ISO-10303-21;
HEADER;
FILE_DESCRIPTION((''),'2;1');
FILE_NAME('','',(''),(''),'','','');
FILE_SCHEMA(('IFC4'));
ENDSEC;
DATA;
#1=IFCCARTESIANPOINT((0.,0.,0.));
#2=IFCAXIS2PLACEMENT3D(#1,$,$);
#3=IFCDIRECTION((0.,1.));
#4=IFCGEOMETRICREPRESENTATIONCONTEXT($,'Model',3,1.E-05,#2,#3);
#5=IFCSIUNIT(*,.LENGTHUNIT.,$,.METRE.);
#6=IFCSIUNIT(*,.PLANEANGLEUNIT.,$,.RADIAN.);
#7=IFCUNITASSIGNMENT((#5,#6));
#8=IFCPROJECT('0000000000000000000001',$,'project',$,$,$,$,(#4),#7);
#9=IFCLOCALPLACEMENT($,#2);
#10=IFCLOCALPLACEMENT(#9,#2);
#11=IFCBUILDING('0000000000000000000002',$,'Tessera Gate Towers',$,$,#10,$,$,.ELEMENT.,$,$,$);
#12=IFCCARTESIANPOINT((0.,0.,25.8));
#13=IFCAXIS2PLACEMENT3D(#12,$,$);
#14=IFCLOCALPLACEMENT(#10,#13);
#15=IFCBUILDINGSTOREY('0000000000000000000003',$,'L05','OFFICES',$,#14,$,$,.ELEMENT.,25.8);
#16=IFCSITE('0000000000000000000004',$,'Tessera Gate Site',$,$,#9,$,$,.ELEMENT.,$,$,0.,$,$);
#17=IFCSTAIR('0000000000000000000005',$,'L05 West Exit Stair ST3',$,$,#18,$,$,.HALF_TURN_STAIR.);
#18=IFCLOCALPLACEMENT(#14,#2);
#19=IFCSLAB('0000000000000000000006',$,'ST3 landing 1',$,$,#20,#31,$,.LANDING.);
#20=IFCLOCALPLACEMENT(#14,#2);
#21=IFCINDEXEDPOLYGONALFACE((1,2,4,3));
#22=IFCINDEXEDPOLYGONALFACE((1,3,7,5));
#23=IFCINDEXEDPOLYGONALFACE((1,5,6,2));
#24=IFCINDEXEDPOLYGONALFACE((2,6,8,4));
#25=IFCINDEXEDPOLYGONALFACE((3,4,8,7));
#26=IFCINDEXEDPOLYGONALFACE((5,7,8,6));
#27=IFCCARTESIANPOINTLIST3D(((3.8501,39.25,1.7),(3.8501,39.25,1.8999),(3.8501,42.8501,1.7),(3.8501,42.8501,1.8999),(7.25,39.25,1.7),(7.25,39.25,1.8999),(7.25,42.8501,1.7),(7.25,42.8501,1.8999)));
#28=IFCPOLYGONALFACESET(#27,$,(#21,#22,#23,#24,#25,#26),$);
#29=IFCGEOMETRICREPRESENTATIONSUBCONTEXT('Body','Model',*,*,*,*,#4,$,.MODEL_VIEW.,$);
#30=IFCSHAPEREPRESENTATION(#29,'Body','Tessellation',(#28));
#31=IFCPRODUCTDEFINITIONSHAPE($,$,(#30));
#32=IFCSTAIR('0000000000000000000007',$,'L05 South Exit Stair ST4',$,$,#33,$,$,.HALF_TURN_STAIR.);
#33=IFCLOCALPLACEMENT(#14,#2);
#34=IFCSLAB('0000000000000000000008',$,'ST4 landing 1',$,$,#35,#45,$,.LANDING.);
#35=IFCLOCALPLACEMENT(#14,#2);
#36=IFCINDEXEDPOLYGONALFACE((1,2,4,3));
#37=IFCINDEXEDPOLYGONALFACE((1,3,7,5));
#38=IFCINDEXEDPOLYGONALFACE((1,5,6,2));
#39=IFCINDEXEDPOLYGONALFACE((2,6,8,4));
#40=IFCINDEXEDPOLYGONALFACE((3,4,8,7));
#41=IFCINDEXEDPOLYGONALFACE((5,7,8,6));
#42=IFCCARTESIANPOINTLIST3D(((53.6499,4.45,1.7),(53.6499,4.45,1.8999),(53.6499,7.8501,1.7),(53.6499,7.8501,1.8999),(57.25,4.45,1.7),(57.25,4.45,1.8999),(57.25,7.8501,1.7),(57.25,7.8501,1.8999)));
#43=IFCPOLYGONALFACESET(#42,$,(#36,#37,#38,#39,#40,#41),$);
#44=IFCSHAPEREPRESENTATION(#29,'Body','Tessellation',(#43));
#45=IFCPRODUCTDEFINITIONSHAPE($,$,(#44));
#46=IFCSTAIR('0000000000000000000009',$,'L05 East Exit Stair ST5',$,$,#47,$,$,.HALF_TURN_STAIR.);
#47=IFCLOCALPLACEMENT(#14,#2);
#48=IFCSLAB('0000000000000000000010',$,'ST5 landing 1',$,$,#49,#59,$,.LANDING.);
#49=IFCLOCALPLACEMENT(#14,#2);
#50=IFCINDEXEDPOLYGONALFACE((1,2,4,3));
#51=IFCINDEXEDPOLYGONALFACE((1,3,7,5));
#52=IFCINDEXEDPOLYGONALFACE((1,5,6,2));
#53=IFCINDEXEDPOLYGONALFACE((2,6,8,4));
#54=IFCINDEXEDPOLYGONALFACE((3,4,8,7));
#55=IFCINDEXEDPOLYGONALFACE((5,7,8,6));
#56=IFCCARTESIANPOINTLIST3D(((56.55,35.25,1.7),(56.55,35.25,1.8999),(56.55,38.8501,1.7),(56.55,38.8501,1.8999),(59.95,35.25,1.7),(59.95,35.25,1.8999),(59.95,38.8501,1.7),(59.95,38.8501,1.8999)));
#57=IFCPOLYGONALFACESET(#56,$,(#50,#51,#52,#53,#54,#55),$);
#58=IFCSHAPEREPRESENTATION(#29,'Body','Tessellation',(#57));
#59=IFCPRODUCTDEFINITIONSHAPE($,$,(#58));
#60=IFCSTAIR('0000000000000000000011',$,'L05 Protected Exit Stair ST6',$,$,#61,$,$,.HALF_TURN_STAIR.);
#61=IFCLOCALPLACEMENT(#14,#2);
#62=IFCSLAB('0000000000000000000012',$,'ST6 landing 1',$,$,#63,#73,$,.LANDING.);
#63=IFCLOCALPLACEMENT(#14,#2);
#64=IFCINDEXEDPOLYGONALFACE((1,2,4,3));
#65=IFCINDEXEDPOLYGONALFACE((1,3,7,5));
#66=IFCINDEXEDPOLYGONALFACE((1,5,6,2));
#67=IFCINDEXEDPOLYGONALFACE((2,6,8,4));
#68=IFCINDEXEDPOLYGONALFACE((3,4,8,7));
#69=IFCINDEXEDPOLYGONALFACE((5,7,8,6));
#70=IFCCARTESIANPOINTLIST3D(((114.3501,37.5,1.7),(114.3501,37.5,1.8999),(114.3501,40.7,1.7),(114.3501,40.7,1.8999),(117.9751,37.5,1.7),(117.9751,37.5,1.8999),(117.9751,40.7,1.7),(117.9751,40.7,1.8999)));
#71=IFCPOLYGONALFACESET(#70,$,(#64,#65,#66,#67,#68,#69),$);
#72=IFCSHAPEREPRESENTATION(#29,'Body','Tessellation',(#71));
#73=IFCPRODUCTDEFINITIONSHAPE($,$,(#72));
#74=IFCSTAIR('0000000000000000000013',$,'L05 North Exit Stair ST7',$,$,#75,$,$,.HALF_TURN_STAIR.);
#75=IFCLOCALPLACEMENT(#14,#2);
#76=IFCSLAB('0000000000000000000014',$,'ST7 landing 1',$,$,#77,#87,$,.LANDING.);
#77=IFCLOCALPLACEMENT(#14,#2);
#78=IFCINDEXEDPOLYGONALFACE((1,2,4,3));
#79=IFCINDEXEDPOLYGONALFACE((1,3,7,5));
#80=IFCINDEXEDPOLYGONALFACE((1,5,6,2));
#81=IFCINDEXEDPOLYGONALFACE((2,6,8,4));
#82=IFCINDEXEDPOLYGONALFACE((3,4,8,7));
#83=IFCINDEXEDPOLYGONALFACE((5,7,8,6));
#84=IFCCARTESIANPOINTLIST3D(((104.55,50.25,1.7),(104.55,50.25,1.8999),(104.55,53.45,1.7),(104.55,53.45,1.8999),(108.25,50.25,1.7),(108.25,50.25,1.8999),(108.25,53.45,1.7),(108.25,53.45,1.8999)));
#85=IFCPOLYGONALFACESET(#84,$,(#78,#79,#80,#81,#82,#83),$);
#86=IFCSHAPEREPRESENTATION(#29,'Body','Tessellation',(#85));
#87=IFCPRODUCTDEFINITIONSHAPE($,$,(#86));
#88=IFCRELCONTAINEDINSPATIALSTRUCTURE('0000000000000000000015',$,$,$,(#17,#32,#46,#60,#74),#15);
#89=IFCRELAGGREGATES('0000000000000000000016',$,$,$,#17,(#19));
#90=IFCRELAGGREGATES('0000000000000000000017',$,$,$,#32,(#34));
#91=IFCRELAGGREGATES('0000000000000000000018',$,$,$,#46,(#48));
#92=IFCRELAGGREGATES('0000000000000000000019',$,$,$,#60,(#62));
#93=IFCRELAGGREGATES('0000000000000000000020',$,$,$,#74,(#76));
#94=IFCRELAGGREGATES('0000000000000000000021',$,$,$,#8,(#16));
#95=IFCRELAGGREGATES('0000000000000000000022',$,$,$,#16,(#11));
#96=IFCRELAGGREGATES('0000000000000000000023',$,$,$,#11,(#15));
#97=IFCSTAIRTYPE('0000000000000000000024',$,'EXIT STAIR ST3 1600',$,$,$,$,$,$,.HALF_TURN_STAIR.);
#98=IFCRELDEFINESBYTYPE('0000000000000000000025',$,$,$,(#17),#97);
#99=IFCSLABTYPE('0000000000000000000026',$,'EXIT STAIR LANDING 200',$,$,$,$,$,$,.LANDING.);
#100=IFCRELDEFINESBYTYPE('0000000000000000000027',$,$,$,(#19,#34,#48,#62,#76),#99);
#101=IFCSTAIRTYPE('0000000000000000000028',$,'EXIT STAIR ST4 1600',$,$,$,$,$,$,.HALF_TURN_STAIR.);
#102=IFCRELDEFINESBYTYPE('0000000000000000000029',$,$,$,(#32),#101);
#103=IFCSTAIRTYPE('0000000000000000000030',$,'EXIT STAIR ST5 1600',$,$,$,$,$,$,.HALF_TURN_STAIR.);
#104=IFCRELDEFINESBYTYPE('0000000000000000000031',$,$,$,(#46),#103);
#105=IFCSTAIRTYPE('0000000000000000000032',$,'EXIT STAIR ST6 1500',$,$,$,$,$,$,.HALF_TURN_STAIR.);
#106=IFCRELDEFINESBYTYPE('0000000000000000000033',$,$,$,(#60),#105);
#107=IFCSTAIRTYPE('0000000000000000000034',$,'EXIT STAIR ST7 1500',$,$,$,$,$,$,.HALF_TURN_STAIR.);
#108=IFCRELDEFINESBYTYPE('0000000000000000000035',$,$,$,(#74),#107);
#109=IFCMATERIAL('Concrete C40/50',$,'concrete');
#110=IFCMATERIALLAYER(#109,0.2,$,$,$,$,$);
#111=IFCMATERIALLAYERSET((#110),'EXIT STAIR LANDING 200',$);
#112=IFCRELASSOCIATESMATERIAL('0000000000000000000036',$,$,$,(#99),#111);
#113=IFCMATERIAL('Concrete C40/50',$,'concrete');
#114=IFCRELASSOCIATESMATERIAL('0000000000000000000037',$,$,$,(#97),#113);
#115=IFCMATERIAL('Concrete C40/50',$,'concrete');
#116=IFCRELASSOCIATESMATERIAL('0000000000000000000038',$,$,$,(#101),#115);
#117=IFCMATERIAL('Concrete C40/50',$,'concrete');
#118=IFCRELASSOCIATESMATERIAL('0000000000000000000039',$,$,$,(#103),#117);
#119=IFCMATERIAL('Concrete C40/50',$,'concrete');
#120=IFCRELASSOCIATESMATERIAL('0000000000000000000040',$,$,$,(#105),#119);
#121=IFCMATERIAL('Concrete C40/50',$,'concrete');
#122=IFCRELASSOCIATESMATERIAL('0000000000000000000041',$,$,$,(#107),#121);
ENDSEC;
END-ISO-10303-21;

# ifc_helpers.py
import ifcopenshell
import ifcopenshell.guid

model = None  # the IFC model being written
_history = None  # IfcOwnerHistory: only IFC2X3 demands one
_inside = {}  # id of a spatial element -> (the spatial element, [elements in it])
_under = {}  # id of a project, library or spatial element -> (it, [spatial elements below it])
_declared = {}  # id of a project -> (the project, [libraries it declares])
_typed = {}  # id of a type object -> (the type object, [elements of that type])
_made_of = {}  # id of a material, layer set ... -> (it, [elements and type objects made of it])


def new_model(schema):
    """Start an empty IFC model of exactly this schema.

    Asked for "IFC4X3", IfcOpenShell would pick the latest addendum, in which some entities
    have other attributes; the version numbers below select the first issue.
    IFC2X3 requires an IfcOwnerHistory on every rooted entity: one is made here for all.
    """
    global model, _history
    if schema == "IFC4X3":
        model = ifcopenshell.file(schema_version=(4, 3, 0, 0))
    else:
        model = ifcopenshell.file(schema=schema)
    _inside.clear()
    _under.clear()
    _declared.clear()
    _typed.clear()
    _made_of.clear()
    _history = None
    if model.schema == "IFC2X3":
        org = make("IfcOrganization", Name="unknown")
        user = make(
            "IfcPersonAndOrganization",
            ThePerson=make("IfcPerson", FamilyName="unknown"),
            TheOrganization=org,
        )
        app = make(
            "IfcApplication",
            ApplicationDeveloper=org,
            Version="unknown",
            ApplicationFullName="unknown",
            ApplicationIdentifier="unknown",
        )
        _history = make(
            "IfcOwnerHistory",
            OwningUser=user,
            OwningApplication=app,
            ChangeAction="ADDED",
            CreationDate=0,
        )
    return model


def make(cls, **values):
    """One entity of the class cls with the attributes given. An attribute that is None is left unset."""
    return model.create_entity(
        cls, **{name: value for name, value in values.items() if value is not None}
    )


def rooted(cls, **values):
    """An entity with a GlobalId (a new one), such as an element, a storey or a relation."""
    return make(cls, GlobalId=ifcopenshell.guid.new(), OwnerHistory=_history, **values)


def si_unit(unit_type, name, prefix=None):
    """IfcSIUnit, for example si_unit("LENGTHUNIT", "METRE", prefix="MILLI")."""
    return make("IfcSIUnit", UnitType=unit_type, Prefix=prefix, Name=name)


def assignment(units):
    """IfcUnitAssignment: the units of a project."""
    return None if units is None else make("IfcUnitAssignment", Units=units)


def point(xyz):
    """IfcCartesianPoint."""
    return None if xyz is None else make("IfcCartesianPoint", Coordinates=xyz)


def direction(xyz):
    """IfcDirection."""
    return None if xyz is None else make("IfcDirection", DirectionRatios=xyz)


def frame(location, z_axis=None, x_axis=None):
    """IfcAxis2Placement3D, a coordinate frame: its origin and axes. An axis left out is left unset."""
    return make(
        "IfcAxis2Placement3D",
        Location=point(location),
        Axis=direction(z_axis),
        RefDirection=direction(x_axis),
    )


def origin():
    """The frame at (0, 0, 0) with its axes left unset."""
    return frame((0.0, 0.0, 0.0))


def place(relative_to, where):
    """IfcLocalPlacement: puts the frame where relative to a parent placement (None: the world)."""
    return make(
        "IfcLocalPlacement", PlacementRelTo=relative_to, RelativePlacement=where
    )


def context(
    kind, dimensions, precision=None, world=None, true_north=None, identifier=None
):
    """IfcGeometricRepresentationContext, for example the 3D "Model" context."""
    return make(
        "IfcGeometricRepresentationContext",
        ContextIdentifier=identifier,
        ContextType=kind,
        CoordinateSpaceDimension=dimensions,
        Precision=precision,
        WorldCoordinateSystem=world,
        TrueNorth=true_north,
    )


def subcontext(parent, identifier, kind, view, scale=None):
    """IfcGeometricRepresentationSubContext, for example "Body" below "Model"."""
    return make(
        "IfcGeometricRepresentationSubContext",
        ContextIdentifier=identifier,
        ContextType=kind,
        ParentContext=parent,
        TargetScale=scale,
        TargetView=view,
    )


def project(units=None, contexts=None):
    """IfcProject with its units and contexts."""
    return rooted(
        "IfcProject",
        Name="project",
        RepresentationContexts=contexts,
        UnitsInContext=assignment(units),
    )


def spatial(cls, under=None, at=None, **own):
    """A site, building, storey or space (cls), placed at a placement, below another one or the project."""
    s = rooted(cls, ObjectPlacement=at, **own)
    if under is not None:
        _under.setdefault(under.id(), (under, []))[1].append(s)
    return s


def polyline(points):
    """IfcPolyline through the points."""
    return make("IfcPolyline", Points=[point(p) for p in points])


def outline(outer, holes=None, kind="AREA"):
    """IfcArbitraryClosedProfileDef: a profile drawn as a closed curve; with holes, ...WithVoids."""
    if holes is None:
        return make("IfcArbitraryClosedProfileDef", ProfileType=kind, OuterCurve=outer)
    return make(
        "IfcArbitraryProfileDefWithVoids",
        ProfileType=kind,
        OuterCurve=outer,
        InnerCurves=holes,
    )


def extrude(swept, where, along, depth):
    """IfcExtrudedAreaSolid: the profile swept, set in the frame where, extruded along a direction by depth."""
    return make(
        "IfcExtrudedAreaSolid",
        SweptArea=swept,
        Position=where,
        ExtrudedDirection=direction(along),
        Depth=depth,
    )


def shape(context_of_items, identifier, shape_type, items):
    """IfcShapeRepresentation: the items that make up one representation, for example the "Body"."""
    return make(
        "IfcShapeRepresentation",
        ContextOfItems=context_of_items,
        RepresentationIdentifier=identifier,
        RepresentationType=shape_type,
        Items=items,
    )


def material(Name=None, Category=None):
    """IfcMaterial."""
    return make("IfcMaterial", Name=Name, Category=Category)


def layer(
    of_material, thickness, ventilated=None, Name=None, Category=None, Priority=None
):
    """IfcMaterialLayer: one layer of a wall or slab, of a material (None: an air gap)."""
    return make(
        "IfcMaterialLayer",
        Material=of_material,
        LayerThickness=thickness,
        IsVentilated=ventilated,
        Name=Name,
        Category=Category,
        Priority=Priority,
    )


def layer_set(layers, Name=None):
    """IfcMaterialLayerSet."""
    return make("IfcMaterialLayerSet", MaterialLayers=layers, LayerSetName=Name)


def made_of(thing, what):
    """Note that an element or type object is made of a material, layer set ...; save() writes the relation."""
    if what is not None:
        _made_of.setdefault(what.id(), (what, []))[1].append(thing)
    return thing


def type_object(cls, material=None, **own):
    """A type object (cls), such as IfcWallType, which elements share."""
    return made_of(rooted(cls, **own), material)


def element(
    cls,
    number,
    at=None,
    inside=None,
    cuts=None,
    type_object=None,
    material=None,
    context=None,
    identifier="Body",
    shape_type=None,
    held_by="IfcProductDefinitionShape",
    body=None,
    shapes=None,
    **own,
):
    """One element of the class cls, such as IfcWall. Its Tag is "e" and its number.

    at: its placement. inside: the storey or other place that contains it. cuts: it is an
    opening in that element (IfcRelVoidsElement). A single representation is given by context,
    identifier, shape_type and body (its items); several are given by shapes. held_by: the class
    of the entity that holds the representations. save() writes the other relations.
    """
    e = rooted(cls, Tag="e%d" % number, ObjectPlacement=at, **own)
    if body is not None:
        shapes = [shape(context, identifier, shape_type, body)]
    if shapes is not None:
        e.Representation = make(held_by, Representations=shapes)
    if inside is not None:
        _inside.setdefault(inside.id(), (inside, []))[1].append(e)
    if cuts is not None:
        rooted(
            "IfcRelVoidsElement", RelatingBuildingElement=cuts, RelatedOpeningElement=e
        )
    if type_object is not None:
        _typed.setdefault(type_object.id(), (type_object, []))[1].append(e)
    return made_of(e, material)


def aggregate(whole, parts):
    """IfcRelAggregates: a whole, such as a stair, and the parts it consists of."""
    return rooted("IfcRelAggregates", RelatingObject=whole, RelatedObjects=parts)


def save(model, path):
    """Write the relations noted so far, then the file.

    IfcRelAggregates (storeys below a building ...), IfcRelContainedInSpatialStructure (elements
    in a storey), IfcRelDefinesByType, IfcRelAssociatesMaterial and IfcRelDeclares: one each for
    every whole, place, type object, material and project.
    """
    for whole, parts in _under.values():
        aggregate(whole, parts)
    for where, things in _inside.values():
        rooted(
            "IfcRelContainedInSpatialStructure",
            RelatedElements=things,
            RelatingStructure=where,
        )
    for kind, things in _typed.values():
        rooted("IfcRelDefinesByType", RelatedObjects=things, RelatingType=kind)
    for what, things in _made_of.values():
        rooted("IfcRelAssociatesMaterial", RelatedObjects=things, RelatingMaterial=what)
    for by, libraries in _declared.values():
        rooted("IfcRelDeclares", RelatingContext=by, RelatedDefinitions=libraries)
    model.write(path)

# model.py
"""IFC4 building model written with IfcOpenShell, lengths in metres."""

from ifc_helpers import new_model, si_unit, direction, frame, origin, place, context, subcontext, project, spatial, polyline, outline, extrude, material, layer, layer_set, type_object, element, aggregate, save


model = new_model("IFC4")

# Units and contexts
model_context = context("Model", 3, precision=1e-05, world=origin(), true_north=direction((0.0, 1.0)))
body_context = subcontext(model_context, "Body", "Model", "MODEL_VIEW")
ifc_project = project(units=[si_unit("LENGTHUNIT", "METRE"), si_unit("PLANEANGLEUNIT", "RADIAN")], contexts=[model_context])

# Site, building, storey
site_placement = place(None, origin())
site = spatial("IfcSite", under=ifc_project, at=site_placement, Name="Tessera Gate Site", CompositionType="ELEMENT", RefElevation=0.0)
building_placement = place(site_placement, origin())
building = spatial("IfcBuilding", under=site, at=building_placement, Name="Tessera Gate Towers", CompositionType="ELEMENT")
storey_placement = place(building_placement, frame((0.0, 0.0, 25.8)))
storey = spatial("IfcBuildingStorey", under=building, at=storey_placement, Name="L05", Description="OFFICES", CompositionType="ELEMENT", Elevation=25.8)

# Stairs, slabs
ifc_material_1 = material(Name="Concrete C40/50", Category="concrete")
ifc_layer_1 = layer(ifc_material_1, 0.2)
ifc_layer_set_1 = layer_set([ifc_layer_1], Name="EXIT STAIR LANDING 200")
slab_type_1 = type_object("IfcSlabType", Name="EXIT STAIR LANDING 200", PredefinedType="LANDING", material=ifc_layer_set_1)
ifc_material_2 = material(Name="Concrete C40/50", Category="concrete")
stair_type_1 = type_object("IfcStairType", Name="EXIT STAIR ST3 1600", PredefinedType="HALF_TURN_STAIR", material=ifc_material_2)
stair_1_placement = place(storey_placement, origin())
stair_1 = element("IfcStair", 1, at=stair_1_placement, inside=storey, type_object=stair_type_1, Name="L05 West Exit Stair ST3", PredefinedType="HALF_TURN_STAIR")
slab_1_placement = place(storey_placement, frame((0.0, 0.0, 1.7)))
slab_1 = element("IfcSlab", 2, at=slab_1_placement, type_object=slab_type_1, Name="ST3 landing 1", PredefinedType="LANDING", context=body_context, shape_type="SweptSolid", body=[
    extrude(outline(polyline([(3.8501, 42.8501), (3.8501, 39.25), (7.25, 39.25), (7.25, 42.8501), (3.8501, 42.8501)])), origin(), (0.0, 0.0, 1.0), 0.2),
])
aggregate(stair_1, [slab_1])
ifc_material_3 = material(Name="Concrete C40/50", Category="concrete")
stair_type_2 = type_object("IfcStairType", Name="EXIT STAIR ST4 1600", PredefinedType="HALF_TURN_STAIR", material=ifc_material_3)
stair_2_placement = place(storey_placement, origin())
stair_2 = element("IfcStair", 3, at=stair_2_placement, inside=storey, type_object=stair_type_2, Name="L05 South Exit Stair ST4", PredefinedType="HALF_TURN_STAIR")
slab_2_placement = place(storey_placement, frame((0.0, 0.0, 1.7)))
slab_2 = element("IfcSlab", 4, at=slab_2_placement, type_object=slab_type_1, Name="ST4 landing 1", PredefinedType="LANDING", context=body_context, shape_type="SweptSolid", body=[
    extrude(outline(polyline([(53.6499, 4.45), (57.25, 4.45), (57.25, 7.8501), (53.6499, 7.8501), (53.6499, 4.45)])), origin(), (0.0, 0.0, 1.0), 0.2),
])
aggregate(stair_2, [slab_2])
ifc_material_4 = material(Name="Concrete C40/50", Category="concrete")
stair_type_3 = type_object("IfcStairType", Name="EXIT STAIR ST5 1600", PredefinedType="HALF_TURN_STAIR", material=ifc_material_4)
stair_3_placement = place(storey_placement, origin())
stair_3 = element("IfcStair", 5, at=stair_3_placement, inside=storey, type_object=stair_type_3, Name="L05 East Exit Stair ST5", PredefinedType="HALF_TURN_STAIR")
slab_3_placement = place(storey_placement, frame((0.0, 0.0, 1.7)))
slab_3 = element("IfcSlab", 6, at=slab_3_placement, type_object=slab_type_1, Name="ST5 landing 1", PredefinedType="LANDING", context=body_context, shape_type="SweptSolid", body=[
    extrude(outline(polyline([(59.95, 35.25), (59.95, 38.8501), (56.55, 38.8501), (56.55, 35.25), (59.95, 35.25)])), origin(), (0.0, 0.0, 1.0), 0.2),
])
aggregate(stair_3, [slab_3])
ifc_material_5 = material(Name="Concrete C40/50", Category="concrete")
stair_type_4 = type_object("IfcStairType", Name="EXIT STAIR ST6 1500", PredefinedType="HALF_TURN_STAIR", material=ifc_material_5)
stair_4_placement = place(storey_placement, origin())
stair_4 = element("IfcStair", 7, at=stair_4_placement, inside=storey, type_object=stair_type_4, Name="L05 Protected Exit Stair ST6", PredefinedType="HALF_TURN_STAIR")
slab_4_placement = place(storey_placement, frame((0.0, 0.0, 1.7)))
slab_4 = element("IfcSlab", 8, at=slab_4_placement, type_object=slab_type_1, Name="ST6 landing 1", PredefinedType="LANDING", context=body_context, shape_type="SweptSolid", body=[
    extrude(outline(polyline([(114.3501, 37.5), (117.9751, 37.5), (117.9751, 40.7), (114.3501, 40.7), (114.3501, 37.5)])), origin(), (0.0, 0.0, 1.0), 0.2),
])
aggregate(stair_4, [slab_4])
ifc_material_6 = material(Name="Concrete C40/50", Category="concrete")
stair_type_5 = type_object("IfcStairType", Name="EXIT STAIR ST7 1500", PredefinedType="HALF_TURN_STAIR", material=ifc_material_6)
stair_5_placement = place(storey_placement, origin())
stair_5 = element("IfcStair", 9, at=stair_5_placement, inside=storey, type_object=stair_type_5, Name="L05 North Exit Stair ST7", PredefinedType="HALF_TURN_STAIR")
slab_5_placement = place(storey_placement, frame((0.0, 0.0, 1.7)))
slab_5 = element("IfcSlab", 10, at=slab_5_placement, type_object=slab_type_1, Name="ST7 landing 1", PredefinedType="LANDING", context=body_context, shape_type="SweptSolid", body=[
    extrude(outline(polyline([(104.55, 50.25), (108.25, 50.25), (108.25, 53.45), (104.55, 53.45), (104.55, 50.25)])), origin(), (0.0, 0.0, 1.0), 0.2),
])
aggregate(stair_5, [slab_5])

save(model, "model.ifc")
